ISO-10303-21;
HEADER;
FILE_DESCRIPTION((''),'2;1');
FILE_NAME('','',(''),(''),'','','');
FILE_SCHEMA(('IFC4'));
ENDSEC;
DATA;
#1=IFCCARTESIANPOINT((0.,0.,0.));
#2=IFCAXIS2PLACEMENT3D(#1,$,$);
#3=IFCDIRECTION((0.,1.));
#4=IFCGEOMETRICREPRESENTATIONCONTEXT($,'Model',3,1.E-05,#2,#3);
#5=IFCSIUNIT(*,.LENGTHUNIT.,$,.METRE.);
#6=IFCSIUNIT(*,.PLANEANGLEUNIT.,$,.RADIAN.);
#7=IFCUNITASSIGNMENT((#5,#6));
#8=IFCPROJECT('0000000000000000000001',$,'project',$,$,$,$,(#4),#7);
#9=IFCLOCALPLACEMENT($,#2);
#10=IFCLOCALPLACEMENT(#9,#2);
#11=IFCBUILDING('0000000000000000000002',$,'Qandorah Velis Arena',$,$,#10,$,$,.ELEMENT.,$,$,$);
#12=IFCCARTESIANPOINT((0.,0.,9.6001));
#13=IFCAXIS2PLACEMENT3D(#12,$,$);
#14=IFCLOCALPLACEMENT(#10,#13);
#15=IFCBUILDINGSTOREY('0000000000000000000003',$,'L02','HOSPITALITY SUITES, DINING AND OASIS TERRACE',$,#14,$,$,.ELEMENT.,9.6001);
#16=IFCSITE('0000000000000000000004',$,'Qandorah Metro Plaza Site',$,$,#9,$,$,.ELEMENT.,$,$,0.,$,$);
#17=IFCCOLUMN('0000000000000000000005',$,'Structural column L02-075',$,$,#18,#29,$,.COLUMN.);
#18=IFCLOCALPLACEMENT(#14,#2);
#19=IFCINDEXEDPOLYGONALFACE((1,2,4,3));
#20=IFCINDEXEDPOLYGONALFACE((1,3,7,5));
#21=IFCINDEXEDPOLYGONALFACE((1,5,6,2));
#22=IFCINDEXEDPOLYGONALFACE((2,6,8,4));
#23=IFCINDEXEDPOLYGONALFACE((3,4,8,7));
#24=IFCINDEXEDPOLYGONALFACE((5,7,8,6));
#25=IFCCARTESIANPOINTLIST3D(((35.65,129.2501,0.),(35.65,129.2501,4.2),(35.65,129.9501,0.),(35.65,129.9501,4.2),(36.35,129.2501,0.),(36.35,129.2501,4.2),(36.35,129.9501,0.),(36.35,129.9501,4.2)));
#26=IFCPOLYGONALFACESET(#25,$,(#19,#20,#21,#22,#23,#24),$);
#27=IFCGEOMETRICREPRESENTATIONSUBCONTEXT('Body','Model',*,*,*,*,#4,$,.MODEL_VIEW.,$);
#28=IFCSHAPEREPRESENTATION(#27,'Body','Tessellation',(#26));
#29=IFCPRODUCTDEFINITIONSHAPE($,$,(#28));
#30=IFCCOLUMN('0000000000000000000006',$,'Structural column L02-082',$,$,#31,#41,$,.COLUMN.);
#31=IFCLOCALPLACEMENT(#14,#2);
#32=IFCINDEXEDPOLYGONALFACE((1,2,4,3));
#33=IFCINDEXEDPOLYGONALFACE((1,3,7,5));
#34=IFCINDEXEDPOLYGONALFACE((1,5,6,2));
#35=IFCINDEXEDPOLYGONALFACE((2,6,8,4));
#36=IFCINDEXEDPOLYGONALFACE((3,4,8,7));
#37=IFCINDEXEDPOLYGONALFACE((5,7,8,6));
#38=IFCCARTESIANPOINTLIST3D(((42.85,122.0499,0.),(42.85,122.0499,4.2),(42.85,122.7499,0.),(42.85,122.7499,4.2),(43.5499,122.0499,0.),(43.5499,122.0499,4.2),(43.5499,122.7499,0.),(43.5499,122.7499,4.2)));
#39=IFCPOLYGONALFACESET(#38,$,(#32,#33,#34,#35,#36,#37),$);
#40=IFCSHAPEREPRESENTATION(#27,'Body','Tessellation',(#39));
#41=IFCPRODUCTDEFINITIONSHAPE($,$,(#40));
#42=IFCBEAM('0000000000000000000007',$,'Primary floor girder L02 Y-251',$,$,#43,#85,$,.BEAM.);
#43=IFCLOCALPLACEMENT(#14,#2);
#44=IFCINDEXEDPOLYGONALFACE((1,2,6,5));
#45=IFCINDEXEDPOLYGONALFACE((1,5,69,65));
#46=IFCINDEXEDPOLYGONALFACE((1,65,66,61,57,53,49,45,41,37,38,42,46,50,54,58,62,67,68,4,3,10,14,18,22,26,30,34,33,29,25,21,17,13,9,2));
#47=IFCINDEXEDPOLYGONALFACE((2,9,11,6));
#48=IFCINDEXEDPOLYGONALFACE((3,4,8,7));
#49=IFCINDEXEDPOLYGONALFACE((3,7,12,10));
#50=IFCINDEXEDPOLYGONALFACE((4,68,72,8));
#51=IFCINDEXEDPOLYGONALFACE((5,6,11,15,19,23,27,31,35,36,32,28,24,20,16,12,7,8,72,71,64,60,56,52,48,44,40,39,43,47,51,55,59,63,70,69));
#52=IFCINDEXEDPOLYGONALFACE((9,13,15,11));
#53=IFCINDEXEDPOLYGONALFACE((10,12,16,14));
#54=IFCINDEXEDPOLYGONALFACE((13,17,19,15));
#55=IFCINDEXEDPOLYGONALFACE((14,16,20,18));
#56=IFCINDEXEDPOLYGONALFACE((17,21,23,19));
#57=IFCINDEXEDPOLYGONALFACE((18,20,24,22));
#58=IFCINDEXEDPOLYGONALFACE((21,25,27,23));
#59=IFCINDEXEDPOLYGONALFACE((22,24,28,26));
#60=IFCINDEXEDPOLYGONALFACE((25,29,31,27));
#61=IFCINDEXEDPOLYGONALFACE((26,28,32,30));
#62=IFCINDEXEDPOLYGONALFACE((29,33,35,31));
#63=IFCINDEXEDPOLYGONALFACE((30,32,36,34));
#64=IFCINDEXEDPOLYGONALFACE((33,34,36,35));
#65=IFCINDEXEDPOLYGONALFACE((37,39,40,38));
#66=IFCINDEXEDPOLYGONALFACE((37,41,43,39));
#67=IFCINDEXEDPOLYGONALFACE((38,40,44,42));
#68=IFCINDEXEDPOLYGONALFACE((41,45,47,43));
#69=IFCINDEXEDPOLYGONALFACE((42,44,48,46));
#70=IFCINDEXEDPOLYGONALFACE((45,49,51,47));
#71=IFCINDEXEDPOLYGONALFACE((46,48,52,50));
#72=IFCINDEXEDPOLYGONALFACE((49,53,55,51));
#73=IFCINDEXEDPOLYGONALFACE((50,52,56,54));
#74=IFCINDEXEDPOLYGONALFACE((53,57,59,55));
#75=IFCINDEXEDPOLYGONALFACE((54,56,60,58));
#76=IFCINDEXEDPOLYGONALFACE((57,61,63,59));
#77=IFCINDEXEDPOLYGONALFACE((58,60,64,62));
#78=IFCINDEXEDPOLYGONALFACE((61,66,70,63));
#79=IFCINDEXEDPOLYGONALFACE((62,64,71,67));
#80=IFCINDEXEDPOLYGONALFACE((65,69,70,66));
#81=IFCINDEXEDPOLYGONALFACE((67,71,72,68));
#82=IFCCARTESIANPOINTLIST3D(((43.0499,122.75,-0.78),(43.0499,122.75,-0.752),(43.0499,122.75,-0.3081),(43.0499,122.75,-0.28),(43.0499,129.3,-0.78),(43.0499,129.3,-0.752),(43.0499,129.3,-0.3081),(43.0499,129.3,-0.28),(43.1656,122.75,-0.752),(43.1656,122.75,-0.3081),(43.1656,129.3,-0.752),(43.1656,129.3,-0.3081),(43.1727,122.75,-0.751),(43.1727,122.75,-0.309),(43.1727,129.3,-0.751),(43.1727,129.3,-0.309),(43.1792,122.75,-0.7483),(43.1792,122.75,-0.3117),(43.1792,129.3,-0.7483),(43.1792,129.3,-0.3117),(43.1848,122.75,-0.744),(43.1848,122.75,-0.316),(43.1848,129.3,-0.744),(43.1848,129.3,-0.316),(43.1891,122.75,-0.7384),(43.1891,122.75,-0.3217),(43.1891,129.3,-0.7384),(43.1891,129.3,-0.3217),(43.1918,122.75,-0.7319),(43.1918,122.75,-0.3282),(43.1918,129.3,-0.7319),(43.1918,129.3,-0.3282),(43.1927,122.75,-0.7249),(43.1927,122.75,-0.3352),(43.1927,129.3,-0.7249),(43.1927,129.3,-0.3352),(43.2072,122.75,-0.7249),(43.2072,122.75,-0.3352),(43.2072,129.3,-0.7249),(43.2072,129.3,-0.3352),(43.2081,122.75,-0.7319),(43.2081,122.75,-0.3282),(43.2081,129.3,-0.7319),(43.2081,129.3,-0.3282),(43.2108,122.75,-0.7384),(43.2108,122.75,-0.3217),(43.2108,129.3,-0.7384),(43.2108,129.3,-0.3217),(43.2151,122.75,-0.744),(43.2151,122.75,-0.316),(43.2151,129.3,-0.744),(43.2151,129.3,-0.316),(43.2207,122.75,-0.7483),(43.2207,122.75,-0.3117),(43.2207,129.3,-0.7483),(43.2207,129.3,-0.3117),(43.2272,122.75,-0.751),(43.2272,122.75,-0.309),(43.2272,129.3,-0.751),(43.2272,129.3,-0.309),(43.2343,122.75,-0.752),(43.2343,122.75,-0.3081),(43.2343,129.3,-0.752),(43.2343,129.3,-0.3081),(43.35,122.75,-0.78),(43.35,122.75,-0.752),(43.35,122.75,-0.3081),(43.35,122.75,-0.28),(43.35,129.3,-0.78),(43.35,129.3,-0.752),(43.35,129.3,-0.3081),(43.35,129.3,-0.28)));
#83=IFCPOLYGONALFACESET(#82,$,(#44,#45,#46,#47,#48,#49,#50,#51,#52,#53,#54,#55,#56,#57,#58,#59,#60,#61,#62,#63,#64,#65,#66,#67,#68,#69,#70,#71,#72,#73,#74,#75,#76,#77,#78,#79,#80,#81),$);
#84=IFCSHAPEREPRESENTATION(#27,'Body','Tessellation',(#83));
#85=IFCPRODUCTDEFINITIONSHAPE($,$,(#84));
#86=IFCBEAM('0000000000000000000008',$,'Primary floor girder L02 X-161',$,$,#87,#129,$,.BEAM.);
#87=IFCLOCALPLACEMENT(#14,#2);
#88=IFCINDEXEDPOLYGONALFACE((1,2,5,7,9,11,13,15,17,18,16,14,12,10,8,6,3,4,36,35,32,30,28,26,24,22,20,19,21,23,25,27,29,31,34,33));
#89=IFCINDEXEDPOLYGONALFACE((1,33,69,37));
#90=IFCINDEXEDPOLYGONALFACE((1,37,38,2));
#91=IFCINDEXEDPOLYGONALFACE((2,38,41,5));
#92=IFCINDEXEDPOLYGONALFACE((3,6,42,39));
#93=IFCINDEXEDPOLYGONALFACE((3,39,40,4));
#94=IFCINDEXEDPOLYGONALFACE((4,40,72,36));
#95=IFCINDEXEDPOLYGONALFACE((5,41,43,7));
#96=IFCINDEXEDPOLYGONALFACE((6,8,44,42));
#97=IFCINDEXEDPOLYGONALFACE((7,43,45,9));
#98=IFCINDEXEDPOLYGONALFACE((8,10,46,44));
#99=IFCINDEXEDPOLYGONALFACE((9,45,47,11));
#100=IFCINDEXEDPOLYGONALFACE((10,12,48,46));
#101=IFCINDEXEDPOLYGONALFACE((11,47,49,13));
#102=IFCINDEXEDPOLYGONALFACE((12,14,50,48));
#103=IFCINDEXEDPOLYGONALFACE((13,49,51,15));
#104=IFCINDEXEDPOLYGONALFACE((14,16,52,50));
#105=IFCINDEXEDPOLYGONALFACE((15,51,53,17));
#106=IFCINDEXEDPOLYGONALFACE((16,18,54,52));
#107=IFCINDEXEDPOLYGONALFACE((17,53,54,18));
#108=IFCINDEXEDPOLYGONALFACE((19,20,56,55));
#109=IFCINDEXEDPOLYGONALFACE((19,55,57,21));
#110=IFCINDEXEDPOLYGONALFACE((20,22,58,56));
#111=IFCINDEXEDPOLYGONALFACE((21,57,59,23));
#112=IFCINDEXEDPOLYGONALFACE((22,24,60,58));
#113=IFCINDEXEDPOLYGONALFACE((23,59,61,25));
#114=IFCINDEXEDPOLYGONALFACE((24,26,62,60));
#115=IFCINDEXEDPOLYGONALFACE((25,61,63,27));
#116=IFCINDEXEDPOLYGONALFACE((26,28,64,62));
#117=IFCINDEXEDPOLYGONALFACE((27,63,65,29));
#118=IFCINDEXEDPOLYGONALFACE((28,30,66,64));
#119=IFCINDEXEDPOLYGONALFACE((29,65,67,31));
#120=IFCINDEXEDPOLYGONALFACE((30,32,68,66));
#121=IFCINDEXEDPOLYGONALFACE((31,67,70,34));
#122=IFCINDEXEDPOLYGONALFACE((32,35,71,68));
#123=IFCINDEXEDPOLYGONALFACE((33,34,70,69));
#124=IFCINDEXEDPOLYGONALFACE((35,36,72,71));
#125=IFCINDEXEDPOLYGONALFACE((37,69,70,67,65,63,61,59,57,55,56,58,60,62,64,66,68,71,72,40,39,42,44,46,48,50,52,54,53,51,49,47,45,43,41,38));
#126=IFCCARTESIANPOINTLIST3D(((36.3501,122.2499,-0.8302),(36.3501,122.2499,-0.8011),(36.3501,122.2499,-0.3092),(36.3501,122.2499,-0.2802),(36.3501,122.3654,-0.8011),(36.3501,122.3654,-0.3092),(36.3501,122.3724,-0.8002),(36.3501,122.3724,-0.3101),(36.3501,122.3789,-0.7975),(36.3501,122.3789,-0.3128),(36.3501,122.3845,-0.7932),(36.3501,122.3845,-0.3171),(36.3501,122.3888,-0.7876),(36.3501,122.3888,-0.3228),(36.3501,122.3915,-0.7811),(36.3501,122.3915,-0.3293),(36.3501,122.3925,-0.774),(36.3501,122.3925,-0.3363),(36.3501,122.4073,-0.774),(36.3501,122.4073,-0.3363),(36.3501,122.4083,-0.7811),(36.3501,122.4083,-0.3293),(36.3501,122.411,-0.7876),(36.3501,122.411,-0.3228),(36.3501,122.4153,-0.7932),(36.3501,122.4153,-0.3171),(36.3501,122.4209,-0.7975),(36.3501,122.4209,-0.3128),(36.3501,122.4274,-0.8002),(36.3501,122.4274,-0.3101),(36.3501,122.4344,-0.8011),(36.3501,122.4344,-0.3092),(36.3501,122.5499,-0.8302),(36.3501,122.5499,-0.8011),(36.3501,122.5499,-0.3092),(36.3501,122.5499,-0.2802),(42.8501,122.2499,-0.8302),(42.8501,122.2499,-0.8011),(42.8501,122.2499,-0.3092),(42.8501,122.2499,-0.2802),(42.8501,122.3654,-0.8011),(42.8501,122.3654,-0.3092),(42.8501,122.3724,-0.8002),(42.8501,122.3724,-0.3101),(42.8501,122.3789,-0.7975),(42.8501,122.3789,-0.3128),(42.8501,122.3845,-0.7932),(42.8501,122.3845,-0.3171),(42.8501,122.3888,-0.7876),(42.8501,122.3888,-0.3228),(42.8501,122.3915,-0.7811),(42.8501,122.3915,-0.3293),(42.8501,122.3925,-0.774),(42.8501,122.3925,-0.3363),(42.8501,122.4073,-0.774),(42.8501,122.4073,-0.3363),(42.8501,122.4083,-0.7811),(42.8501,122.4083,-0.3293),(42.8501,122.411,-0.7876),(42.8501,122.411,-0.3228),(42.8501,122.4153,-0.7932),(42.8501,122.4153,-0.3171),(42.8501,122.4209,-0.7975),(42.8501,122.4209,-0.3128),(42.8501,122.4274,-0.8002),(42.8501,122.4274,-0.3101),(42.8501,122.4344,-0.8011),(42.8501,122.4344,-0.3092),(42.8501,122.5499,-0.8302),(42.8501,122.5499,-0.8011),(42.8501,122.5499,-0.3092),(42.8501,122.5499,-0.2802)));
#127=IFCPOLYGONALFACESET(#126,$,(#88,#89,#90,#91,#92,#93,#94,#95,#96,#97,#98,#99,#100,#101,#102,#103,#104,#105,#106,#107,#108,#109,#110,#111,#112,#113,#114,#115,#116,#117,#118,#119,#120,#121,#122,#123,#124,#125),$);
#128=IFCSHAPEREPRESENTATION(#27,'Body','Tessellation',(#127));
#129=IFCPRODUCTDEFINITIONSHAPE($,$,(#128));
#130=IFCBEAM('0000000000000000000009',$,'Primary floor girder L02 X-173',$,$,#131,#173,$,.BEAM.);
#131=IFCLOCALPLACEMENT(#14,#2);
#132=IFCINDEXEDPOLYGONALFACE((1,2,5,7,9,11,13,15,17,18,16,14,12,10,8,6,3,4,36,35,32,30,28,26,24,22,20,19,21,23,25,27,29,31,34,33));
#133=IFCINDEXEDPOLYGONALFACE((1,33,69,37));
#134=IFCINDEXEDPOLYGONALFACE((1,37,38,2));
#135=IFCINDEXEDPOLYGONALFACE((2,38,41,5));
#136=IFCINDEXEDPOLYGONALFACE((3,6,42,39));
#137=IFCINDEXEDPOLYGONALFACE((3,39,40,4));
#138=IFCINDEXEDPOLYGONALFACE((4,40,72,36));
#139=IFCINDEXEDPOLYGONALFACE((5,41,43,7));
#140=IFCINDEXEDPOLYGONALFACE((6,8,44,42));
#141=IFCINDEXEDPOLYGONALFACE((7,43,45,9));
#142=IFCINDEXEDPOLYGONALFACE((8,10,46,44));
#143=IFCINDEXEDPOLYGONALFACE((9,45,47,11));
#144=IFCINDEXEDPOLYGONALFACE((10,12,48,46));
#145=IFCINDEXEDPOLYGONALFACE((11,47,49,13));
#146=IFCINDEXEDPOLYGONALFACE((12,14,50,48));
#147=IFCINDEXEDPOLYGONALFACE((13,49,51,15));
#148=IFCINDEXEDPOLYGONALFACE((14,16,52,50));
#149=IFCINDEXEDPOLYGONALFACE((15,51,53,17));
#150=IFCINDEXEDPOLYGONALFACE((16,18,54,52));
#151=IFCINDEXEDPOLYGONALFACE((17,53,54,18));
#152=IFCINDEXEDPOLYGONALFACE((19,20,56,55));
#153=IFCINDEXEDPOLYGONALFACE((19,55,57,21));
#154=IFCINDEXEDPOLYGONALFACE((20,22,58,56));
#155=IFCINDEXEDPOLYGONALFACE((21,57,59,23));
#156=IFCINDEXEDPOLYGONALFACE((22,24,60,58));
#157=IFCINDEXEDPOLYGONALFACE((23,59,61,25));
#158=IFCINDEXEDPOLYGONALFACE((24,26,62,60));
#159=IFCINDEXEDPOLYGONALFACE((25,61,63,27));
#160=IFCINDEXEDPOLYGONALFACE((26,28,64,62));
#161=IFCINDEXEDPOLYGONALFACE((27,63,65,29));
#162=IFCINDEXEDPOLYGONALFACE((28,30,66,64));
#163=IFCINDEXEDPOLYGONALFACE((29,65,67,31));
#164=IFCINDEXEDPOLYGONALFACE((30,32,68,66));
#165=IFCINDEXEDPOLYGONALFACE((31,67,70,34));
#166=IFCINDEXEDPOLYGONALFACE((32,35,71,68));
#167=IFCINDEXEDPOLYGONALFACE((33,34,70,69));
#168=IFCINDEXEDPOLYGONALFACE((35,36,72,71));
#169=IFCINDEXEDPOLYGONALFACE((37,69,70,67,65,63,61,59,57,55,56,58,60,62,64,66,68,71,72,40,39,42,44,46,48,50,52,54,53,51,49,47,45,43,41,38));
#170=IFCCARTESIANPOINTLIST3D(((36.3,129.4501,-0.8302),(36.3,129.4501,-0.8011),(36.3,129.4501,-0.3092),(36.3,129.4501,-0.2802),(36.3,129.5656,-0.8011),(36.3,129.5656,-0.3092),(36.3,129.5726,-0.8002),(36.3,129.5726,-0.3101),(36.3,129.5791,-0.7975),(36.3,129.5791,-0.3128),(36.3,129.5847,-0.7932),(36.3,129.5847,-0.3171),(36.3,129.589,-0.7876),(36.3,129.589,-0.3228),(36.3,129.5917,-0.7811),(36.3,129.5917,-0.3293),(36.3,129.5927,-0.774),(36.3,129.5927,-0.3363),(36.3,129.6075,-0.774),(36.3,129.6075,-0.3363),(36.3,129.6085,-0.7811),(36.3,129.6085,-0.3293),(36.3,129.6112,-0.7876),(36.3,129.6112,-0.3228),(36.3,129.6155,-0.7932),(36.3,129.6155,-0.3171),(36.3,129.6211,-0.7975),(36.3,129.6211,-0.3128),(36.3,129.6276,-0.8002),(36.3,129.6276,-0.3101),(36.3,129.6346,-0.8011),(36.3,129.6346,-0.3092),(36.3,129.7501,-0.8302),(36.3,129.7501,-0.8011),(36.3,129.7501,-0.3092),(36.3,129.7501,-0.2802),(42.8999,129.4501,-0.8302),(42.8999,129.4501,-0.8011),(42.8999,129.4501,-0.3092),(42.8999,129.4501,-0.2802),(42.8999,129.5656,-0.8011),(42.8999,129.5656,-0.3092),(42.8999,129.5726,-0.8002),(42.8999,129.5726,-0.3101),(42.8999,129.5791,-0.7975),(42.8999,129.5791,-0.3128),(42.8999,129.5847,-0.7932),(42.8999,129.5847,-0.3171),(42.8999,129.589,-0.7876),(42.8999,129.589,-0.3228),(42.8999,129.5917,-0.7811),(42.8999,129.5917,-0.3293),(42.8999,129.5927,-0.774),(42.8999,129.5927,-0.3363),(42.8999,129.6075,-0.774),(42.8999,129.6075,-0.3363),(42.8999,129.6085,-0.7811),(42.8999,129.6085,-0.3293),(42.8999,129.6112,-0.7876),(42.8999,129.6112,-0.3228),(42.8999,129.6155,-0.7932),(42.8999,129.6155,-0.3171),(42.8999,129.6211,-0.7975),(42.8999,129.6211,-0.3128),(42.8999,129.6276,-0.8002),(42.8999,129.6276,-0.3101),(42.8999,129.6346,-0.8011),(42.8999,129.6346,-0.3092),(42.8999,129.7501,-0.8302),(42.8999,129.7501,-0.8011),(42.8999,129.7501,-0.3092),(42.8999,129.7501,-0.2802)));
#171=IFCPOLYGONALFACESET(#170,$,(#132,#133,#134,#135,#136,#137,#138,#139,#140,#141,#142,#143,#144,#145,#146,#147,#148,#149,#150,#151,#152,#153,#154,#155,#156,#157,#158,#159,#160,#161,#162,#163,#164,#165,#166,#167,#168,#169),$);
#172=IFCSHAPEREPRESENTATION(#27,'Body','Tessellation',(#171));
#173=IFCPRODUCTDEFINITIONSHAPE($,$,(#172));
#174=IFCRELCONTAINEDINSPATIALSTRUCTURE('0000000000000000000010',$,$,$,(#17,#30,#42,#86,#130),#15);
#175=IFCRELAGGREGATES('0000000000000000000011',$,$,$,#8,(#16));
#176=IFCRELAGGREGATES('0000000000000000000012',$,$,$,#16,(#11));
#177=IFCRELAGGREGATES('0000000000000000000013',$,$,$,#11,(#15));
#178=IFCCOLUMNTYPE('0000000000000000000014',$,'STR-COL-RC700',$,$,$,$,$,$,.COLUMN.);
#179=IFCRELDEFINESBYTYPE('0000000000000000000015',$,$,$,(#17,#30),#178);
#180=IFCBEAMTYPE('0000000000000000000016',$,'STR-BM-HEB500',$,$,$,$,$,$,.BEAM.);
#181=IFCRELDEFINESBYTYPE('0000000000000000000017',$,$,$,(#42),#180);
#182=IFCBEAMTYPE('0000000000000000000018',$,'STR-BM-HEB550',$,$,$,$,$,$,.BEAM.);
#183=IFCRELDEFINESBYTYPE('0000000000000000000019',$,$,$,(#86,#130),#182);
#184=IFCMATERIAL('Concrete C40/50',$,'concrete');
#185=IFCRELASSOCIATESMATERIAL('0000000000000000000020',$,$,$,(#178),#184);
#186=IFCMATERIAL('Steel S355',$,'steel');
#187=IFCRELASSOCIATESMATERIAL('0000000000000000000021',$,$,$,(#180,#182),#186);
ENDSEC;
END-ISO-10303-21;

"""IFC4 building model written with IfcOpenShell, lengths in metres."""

from ifc_helpers import new_model, si_unit, direction, frame, origin, origin_2d, place, context, subcontext, project, spatial, rectangle, i_section, extrude, material, material_profile, profile_set, type_object, element, save


model = new_model("IFC4")

# Units and contexts
model_context = context("Model", 3, precision=1e-05, world=origin(), true_north=direction((0.0, 1.0)))
body_context = subcontext(model_context, "Body", "Model", "MODEL_VIEW")
ifc_project = project(units=[si_unit("LENGTHUNIT", "METRE"), si_unit("PLANEANGLEUNIT", "RADIAN")], contexts=[model_context])

# Site, building, storey
site_placement = place(None, origin())
site = spatial("IfcSite", under=ifc_project, at=site_placement, Name="Qandorah Metro Plaza Site", CompositionType="ELEMENT", RefElevation=0.0)
building_placement = place(site_placement, origin())
building = spatial("IfcBuilding", under=site, at=building_placement, Name="Qandorah Velis Arena", CompositionType="ELEMENT")
storey_placement = place(building_placement, frame((0.0, 0.0, 9.6001)))
storey = spatial("IfcBuildingStorey", under=building, at=storey_placement, Name="L02", Description="HOSPITALITY SUITES, DINING AND OASIS TERRACE", CompositionType="ELEMENT", Elevation=9.6001)

# Columns
ifc_material_1 = material(Name="Concrete C40/50", Category="concrete")
ifc_material_profile_1 = material_profile(ifc_material_1, rectangle(XDim=0.7, YDim=0.7, at=origin_2d()), Name="RC COL 700x700")
ifc_profile_set_1 = profile_set([ifc_material_profile_1], Name="Concrete C40/50")
column_type = type_object("IfcColumnType", Name="STR-COL-RC700", PredefinedType="COLUMN", material=ifc_profile_set_1)
for number, where, z_axis, x_axis, name in (
    (1, (36.0, 129.6001, 0.0), (0.0, 0.0, 1.0), (1.0, 0.0, 0.0), "Structural column L02-075"),
    (2, (43.2, 122.3999, 0.0), (0.0, 0.0, 1.0), (1.0, 0.0, 0.0), "Structural column L02-082"),
):
    element("IfcColumn", number, at=place(storey_placement, frame(where, z_axis=z_axis, x_axis=x_axis)), inside=storey, type_object=column_type, Name=name, PredefinedType="COLUMN", context=body_context, shape_type="SweptSolid", body=[
        extrude(rectangle(XDim=0.7, YDim=0.7, at=origin_2d()), origin(), (0.0, 0.0, 1.0), 4.2),
    ])

# Beams
ifc_material_2 = material(Name="Steel S355", Category="steel")
ifc_material_profile_2 = material_profile(ifc_material_2, i_section(OverallWidth=0.3, OverallDepth=0.5, WebThickness=0.0144, FlangeThickness=0.0281, FilletRadius=0.0271, at=origin_2d()), Name="HEB 500")
ifc_profile_set_2 = profile_set([ifc_material_profile_2], Name="Steel S355")
beam_type_1 = type_object("IfcBeamType", Name="STR-BM-HEB500", PredefinedType="BEAM", material=ifc_profile_set_2)
beam_1_placement = place(storey_placement, frame((43.2, 122.75, -0.53), z_axis=(0.0, 1.0, 0.0), x_axis=(-1.0, 0.0, 0.0)))
element("IfcBeam", 3, at=beam_1_placement, inside=storey, type_object=beam_type_1, Name="Primary floor girder L02 Y-251", PredefinedType="BEAM", context=body_context, shape_type="SweptSolid", body=[
    extrude(i_section(OverallWidth=0.3, OverallDepth=0.5, WebThickness=0.0144, FlangeThickness=0.0281, FilletRadius=0.0271, at=origin_2d()), origin(), (0.0, 0.0, 1.0), 6.55),
])
ifc_material_profile_3 = material_profile(ifc_material_2, i_section(OverallWidth=0.3, OverallDepth=0.55, WebThickness=0.0149, FlangeThickness=0.0291, FilletRadius=0.0271, at=origin_2d()), Name="HEB 550")
ifc_profile_set_3 = profile_set([ifc_material_profile_3], Name="Steel S355")
beam_type_2 = type_object("IfcBeamType", Name="STR-BM-HEB550", PredefinedType="BEAM", material=ifc_profile_set_3)
beam_2_placement = place(storey_placement, frame((36.3501, 122.3999, -0.5552), z_axis=(1.0, 0.0, 0.0), x_axis=(0.0, 1.0, 0.0)))
element("IfcBeam", 4, at=beam_2_placement, inside=storey, type_object=beam_type_2, Name="Primary floor girder L02 X-161", PredefinedType="BEAM", context=body_context, shape_type="SweptSolid", body=[
    extrude(i_section(OverallWidth=0.3, OverallDepth=0.55, WebThickness=0.0149, FlangeThickness=0.0291, FilletRadius=0.0271, at=origin_2d()), origin(), (0.0, 0.0, 1.0), 6.5),
])
beam_3_placement = place(storey_placement, frame((36.3, 129.6001, -0.5552), z_axis=(1.0, 0.0, 0.0), x_axis=(0.0, 1.0, 0.0)))
element("IfcBeam", 5, at=beam_3_placement, inside=storey, type_object=beam_type_2, Name="Primary floor girder L02 X-173", PredefinedType="BEAM", context=body_context, shape_type="SweptSolid", body=[
    extrude(i_section(OverallWidth=0.3, OverallDepth=0.55, WebThickness=0.0149, FlangeThickness=0.0291, FilletRadius=0.0271, at=origin_2d()), origin(), (0.0, 0.0, 1.0), 6.5999),
])

save(model, "model.ifc")
